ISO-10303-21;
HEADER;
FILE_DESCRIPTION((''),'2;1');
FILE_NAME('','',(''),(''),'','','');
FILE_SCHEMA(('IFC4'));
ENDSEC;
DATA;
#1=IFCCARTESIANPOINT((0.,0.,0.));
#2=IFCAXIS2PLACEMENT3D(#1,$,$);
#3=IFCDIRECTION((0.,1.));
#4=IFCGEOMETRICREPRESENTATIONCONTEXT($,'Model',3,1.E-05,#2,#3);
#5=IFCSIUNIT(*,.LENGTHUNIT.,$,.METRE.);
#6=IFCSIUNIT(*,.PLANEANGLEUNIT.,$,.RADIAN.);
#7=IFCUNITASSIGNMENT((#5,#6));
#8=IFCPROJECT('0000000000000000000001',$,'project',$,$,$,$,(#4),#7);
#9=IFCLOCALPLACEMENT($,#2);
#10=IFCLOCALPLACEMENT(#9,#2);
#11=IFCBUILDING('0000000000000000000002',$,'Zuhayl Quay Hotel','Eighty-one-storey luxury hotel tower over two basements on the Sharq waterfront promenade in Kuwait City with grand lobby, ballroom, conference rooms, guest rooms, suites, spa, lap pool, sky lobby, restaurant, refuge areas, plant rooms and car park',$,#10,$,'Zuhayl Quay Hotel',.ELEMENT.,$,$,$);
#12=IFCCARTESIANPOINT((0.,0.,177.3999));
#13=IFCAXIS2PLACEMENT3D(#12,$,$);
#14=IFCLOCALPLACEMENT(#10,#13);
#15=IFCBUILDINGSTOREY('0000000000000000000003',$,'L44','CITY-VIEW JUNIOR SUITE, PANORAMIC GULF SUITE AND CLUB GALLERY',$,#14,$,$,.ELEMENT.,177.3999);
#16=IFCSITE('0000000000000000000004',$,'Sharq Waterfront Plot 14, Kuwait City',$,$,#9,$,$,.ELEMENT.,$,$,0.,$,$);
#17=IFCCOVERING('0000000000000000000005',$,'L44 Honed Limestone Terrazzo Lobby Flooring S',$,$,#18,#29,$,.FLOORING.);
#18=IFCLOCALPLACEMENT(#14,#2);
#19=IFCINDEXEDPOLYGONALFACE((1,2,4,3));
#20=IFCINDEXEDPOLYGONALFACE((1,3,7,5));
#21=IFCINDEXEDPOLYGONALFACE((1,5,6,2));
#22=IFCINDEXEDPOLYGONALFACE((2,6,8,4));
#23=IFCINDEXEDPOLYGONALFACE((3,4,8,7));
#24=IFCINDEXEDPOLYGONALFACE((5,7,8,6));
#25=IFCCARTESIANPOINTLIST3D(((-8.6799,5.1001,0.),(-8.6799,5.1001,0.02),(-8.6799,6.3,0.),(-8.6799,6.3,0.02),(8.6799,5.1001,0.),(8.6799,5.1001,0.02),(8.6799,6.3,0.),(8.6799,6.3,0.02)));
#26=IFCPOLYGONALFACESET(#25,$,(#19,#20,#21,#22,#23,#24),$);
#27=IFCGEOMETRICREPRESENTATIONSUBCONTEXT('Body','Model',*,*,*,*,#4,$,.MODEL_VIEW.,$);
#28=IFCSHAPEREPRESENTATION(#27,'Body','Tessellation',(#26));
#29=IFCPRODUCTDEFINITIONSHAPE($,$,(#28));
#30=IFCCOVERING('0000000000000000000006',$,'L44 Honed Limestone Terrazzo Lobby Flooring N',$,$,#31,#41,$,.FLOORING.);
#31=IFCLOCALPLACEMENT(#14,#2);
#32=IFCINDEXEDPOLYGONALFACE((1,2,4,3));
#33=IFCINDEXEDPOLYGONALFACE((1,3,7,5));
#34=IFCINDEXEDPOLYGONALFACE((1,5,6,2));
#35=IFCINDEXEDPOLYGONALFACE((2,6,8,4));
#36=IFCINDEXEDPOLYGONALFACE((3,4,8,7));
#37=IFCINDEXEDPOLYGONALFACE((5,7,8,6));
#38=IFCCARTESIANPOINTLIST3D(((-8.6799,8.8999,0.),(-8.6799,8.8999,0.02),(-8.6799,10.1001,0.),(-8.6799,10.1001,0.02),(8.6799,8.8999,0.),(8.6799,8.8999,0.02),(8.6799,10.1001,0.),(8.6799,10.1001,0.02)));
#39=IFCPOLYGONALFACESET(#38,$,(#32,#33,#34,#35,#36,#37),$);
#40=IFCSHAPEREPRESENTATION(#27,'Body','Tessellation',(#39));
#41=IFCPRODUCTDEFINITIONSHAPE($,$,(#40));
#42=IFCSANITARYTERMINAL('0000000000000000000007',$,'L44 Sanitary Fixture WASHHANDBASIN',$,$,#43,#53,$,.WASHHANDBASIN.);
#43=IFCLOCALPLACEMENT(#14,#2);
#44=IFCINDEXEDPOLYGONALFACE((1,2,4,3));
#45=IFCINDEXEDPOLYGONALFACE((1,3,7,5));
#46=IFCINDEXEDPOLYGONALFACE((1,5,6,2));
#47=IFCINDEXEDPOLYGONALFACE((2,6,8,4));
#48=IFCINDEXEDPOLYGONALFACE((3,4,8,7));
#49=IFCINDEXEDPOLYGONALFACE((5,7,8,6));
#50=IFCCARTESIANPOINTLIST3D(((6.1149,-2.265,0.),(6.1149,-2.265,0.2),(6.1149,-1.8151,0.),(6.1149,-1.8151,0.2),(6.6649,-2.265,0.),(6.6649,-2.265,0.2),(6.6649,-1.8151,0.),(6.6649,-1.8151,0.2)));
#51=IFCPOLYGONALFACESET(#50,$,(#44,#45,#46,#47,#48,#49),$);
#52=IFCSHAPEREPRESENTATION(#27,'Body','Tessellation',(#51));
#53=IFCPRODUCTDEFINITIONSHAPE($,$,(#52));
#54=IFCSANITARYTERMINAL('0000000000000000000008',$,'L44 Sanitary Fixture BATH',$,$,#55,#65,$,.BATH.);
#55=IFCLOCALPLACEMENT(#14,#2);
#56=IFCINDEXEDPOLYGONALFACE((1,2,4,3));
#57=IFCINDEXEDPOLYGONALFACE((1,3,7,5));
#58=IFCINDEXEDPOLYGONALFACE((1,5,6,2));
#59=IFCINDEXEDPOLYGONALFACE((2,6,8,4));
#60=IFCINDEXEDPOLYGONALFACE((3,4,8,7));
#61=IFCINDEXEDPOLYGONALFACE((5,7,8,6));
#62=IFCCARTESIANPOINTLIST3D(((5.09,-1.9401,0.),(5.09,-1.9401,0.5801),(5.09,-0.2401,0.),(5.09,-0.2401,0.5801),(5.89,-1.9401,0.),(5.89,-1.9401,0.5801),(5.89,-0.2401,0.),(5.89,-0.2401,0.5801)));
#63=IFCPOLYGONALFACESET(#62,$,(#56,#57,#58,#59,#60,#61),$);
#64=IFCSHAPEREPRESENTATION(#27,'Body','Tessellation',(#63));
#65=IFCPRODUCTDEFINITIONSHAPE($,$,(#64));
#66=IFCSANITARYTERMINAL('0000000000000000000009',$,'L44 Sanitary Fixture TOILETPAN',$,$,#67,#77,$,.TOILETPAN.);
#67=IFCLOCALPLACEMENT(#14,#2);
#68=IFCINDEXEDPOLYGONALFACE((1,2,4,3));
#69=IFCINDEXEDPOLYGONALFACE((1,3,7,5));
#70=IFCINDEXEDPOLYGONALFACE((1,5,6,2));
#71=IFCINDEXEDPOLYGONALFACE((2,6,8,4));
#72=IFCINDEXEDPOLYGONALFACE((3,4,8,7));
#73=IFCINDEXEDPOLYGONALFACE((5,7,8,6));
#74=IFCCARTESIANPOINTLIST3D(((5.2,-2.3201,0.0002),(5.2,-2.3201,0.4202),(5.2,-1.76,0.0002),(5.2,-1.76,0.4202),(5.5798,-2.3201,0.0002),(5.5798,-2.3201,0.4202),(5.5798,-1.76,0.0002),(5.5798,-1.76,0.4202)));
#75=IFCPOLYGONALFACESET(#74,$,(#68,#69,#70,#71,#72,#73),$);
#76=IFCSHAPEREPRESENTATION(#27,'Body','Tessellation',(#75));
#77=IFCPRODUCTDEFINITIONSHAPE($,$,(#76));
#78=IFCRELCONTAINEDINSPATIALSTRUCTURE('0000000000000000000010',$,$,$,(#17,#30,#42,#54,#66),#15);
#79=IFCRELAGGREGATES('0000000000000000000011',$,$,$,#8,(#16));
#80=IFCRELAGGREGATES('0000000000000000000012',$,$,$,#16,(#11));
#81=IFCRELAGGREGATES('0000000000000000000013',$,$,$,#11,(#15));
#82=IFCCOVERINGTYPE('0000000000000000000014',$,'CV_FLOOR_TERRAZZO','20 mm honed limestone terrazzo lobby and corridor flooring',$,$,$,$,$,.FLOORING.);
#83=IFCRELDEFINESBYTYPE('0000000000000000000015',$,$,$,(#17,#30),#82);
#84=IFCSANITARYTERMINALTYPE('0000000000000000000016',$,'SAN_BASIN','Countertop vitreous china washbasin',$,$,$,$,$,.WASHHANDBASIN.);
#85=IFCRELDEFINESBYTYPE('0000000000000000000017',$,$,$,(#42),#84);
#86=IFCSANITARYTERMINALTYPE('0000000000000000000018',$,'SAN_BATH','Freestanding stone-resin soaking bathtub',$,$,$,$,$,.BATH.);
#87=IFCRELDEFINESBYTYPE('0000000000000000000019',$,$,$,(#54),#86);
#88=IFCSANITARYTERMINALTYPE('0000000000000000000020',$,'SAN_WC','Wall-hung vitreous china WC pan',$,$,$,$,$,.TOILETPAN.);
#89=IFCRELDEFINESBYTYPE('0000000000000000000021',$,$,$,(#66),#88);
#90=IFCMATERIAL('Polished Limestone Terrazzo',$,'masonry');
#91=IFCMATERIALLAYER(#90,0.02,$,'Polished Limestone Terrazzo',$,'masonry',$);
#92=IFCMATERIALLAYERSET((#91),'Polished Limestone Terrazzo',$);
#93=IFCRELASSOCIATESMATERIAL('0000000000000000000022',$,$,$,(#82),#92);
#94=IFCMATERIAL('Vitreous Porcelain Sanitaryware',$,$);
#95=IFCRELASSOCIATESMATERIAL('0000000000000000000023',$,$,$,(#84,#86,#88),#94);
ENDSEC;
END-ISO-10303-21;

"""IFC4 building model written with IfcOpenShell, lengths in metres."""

from ifc_helpers import new_model, si_unit, direction, frame, origin, origin_2d, place, context, subcontext, project, spatial, polyline, rectangle, outline, extrude, material, layer, layer_set, type_object, element, save


model = new_model("IFC4")

# Units and contexts
model_context = context("Model", 3, precision=1e-05, world=origin(), true_north=direction((0.0, 1.0)))
body_context = subcontext(model_context, "Body", "Model", "MODEL_VIEW")
ifc_project = project(units=[si_unit("LENGTHUNIT", "METRE"), si_unit("PLANEANGLEUNIT", "RADIAN")], contexts=[model_context])

# Site, building, storey
site_placement = place(None, origin())
site = spatial("IfcSite", under=ifc_project, at=site_placement, Name="Sharq Waterfront Plot 14, Kuwait City", CompositionType="ELEMENT", RefElevation=0.0)
building_placement = place(site_placement, origin())
building = spatial("IfcBuilding", under=site, at=building_placement, Name="Zuhayl Quay Hotel", Description="Eighty-one-storey luxury hotel tower over two basements on the Sharq waterfront promenade in Kuwait City with grand lobby, ballroom, conference rooms, guest rooms, suites, spa, lap pool, sky lobby, restaurant, refuge areas, plant rooms and car park", LongName="Zuhayl Quay Hotel", CompositionType="ELEMENT")
storey_placement = place(building_placement, frame((0.0, 0.0, 177.3999)))
storey = spatial("IfcBuildingStorey", under=building, at=storey_placement, Name="L44", Description="CITY-VIEW JUNIOR SUITE, PANORAMIC GULF SUITE AND CLUB GALLERY", CompositionType="ELEMENT", Elevation=177.3999)

# Coverings
ifc_material_1 = material(Name="Polished Limestone Terrazzo", Category="masonry")
ifc_layer_1 = layer(ifc_material_1, 0.02, Name="Polished Limestone Terrazzo", Category="masonry")
ifc_layer_set_1 = layer_set([ifc_layer_1], Name="Polished Limestone Terrazzo")
covering_type_1 = type_object("IfcCoveringType", Name="CV_FLOOR_TERRAZZO", Description="20 mm honed limestone terrazzo lobby and corridor flooring", PredefinedType="FLOORING", material=ifc_layer_set_1)
covering_1_placement = place(storey_placement, origin())
element("IfcCovering", 1, at=covering_1_placement, inside=storey, type_object=covering_type_1, Name="L44 Honed Limestone Terrazzo Lobby Flooring S", PredefinedType="FLOORING", context=body_context, shape_type="SweptSolid", body=[
    extrude(outline(polyline([(-8.6799, 5.1001), (8.6799, 5.1001), (8.6799, 6.3), (-8.6799, 6.3), (-8.6799, 5.1001)])), origin(), (0.0, 0.0, 1.0), 0.02),
])
covering_2_placement = place(storey_placement, origin())
element("IfcCovering", 2, at=covering_2_placement, inside=storey, type_object=covering_type_1, Name="L44 Honed Limestone Terrazzo Lobby Flooring N", PredefinedType="FLOORING", context=body_context, shape_type="SweptSolid", body=[
    extrude(outline(polyline([(-8.6799, 8.8999), (8.6799, 8.8999), (8.6799, 10.1001), (-8.6799, 10.1001), (-8.6799, 8.8999)])), origin(), (0.0, 0.0, 1.0), 0.02),
])

# Sanitary terminals
ifc_material_2 = material(Name="Vitreous Porcelain Sanitaryware")
sanitary_terminal_type_1 = type_object("IfcSanitaryTerminalType", Name="SAN_BASIN", Description="Countertop vitreous china washbasin", PredefinedType="WASHHANDBASIN", material=ifc_material_2)
sanitary_terminal_1_placement = place(storey_placement, frame((6.3899, -2.04, 0.0), z_axis=(0.0, 0.0, 1.0), x_axis=(1.0, 0.0, 0.0)))
element("IfcSanitaryTerminal", 3, at=sanitary_terminal_1_placement, inside=storey, type_object=sanitary_terminal_type_1, Name="L44 Sanitary Fixture WASHHANDBASIN", PredefinedType="WASHHANDBASIN", context=body_context, shape_type="SweptSolid", body=[
    extrude(rectangle(XDim=0.55, YDim=0.45, at=origin_2d()), origin(), (0.0, 0.0, 1.0), 0.2),
])
sanitary_terminal_type_2 = type_object("IfcSanitaryTerminalType", Name="SAN_BATH", Description="Freestanding stone-resin soaking bathtub", PredefinedType="BATH", material=ifc_material_2)
sanitary_terminal_2_placement = place(storey_placement, frame((5.49, -1.0901, 0.0), z_axis=(0.0, 0.0, 1.0), x_axis=(1.0, 0.0, 0.0)))
element("IfcSanitaryTerminal", 4, at=sanitary_terminal_2_placement, inside=storey, type_object=sanitary_terminal_type_2, Name="L44 Sanitary Fixture BATH", PredefinedType="BATH", context=body_context, shape_type="SweptSolid", body=[
    extrude(rectangle(XDim=0.8, YDim=1.7, at=origin_2d()), origin(), (0.0, 0.0, 1.0), 0.5801),
])
sanitary_terminal_type_3 = type_object("IfcSanitaryTerminalType", Name="SAN_WC", Description="Wall-hung vitreous china WC pan", PredefinedType="TOILETPAN", material=ifc_material_2)
sanitary_terminal_3_placement = place(storey_placement, frame((5.3899, -2.04, 0.0002), z_axis=(0.0, 0.0, 1.0), x_axis=(1.0, 0.0, 0.0)))
element("IfcSanitaryTerminal", 5, at=sanitary_terminal_3_placement, inside=storey, type_object=sanitary_terminal_type_3, Name="L44 Sanitary Fixture TOILETPAN", PredefinedType="TOILETPAN", context=body_context, shape_type="SweptSolid", body=[
    extrude(rectangle(XDim=0.3799, YDim=0.5601, at=origin_2d()), origin(), (0.0, 0.0, 1.0), 0.4199),
])

save(model, "model.ifc")
